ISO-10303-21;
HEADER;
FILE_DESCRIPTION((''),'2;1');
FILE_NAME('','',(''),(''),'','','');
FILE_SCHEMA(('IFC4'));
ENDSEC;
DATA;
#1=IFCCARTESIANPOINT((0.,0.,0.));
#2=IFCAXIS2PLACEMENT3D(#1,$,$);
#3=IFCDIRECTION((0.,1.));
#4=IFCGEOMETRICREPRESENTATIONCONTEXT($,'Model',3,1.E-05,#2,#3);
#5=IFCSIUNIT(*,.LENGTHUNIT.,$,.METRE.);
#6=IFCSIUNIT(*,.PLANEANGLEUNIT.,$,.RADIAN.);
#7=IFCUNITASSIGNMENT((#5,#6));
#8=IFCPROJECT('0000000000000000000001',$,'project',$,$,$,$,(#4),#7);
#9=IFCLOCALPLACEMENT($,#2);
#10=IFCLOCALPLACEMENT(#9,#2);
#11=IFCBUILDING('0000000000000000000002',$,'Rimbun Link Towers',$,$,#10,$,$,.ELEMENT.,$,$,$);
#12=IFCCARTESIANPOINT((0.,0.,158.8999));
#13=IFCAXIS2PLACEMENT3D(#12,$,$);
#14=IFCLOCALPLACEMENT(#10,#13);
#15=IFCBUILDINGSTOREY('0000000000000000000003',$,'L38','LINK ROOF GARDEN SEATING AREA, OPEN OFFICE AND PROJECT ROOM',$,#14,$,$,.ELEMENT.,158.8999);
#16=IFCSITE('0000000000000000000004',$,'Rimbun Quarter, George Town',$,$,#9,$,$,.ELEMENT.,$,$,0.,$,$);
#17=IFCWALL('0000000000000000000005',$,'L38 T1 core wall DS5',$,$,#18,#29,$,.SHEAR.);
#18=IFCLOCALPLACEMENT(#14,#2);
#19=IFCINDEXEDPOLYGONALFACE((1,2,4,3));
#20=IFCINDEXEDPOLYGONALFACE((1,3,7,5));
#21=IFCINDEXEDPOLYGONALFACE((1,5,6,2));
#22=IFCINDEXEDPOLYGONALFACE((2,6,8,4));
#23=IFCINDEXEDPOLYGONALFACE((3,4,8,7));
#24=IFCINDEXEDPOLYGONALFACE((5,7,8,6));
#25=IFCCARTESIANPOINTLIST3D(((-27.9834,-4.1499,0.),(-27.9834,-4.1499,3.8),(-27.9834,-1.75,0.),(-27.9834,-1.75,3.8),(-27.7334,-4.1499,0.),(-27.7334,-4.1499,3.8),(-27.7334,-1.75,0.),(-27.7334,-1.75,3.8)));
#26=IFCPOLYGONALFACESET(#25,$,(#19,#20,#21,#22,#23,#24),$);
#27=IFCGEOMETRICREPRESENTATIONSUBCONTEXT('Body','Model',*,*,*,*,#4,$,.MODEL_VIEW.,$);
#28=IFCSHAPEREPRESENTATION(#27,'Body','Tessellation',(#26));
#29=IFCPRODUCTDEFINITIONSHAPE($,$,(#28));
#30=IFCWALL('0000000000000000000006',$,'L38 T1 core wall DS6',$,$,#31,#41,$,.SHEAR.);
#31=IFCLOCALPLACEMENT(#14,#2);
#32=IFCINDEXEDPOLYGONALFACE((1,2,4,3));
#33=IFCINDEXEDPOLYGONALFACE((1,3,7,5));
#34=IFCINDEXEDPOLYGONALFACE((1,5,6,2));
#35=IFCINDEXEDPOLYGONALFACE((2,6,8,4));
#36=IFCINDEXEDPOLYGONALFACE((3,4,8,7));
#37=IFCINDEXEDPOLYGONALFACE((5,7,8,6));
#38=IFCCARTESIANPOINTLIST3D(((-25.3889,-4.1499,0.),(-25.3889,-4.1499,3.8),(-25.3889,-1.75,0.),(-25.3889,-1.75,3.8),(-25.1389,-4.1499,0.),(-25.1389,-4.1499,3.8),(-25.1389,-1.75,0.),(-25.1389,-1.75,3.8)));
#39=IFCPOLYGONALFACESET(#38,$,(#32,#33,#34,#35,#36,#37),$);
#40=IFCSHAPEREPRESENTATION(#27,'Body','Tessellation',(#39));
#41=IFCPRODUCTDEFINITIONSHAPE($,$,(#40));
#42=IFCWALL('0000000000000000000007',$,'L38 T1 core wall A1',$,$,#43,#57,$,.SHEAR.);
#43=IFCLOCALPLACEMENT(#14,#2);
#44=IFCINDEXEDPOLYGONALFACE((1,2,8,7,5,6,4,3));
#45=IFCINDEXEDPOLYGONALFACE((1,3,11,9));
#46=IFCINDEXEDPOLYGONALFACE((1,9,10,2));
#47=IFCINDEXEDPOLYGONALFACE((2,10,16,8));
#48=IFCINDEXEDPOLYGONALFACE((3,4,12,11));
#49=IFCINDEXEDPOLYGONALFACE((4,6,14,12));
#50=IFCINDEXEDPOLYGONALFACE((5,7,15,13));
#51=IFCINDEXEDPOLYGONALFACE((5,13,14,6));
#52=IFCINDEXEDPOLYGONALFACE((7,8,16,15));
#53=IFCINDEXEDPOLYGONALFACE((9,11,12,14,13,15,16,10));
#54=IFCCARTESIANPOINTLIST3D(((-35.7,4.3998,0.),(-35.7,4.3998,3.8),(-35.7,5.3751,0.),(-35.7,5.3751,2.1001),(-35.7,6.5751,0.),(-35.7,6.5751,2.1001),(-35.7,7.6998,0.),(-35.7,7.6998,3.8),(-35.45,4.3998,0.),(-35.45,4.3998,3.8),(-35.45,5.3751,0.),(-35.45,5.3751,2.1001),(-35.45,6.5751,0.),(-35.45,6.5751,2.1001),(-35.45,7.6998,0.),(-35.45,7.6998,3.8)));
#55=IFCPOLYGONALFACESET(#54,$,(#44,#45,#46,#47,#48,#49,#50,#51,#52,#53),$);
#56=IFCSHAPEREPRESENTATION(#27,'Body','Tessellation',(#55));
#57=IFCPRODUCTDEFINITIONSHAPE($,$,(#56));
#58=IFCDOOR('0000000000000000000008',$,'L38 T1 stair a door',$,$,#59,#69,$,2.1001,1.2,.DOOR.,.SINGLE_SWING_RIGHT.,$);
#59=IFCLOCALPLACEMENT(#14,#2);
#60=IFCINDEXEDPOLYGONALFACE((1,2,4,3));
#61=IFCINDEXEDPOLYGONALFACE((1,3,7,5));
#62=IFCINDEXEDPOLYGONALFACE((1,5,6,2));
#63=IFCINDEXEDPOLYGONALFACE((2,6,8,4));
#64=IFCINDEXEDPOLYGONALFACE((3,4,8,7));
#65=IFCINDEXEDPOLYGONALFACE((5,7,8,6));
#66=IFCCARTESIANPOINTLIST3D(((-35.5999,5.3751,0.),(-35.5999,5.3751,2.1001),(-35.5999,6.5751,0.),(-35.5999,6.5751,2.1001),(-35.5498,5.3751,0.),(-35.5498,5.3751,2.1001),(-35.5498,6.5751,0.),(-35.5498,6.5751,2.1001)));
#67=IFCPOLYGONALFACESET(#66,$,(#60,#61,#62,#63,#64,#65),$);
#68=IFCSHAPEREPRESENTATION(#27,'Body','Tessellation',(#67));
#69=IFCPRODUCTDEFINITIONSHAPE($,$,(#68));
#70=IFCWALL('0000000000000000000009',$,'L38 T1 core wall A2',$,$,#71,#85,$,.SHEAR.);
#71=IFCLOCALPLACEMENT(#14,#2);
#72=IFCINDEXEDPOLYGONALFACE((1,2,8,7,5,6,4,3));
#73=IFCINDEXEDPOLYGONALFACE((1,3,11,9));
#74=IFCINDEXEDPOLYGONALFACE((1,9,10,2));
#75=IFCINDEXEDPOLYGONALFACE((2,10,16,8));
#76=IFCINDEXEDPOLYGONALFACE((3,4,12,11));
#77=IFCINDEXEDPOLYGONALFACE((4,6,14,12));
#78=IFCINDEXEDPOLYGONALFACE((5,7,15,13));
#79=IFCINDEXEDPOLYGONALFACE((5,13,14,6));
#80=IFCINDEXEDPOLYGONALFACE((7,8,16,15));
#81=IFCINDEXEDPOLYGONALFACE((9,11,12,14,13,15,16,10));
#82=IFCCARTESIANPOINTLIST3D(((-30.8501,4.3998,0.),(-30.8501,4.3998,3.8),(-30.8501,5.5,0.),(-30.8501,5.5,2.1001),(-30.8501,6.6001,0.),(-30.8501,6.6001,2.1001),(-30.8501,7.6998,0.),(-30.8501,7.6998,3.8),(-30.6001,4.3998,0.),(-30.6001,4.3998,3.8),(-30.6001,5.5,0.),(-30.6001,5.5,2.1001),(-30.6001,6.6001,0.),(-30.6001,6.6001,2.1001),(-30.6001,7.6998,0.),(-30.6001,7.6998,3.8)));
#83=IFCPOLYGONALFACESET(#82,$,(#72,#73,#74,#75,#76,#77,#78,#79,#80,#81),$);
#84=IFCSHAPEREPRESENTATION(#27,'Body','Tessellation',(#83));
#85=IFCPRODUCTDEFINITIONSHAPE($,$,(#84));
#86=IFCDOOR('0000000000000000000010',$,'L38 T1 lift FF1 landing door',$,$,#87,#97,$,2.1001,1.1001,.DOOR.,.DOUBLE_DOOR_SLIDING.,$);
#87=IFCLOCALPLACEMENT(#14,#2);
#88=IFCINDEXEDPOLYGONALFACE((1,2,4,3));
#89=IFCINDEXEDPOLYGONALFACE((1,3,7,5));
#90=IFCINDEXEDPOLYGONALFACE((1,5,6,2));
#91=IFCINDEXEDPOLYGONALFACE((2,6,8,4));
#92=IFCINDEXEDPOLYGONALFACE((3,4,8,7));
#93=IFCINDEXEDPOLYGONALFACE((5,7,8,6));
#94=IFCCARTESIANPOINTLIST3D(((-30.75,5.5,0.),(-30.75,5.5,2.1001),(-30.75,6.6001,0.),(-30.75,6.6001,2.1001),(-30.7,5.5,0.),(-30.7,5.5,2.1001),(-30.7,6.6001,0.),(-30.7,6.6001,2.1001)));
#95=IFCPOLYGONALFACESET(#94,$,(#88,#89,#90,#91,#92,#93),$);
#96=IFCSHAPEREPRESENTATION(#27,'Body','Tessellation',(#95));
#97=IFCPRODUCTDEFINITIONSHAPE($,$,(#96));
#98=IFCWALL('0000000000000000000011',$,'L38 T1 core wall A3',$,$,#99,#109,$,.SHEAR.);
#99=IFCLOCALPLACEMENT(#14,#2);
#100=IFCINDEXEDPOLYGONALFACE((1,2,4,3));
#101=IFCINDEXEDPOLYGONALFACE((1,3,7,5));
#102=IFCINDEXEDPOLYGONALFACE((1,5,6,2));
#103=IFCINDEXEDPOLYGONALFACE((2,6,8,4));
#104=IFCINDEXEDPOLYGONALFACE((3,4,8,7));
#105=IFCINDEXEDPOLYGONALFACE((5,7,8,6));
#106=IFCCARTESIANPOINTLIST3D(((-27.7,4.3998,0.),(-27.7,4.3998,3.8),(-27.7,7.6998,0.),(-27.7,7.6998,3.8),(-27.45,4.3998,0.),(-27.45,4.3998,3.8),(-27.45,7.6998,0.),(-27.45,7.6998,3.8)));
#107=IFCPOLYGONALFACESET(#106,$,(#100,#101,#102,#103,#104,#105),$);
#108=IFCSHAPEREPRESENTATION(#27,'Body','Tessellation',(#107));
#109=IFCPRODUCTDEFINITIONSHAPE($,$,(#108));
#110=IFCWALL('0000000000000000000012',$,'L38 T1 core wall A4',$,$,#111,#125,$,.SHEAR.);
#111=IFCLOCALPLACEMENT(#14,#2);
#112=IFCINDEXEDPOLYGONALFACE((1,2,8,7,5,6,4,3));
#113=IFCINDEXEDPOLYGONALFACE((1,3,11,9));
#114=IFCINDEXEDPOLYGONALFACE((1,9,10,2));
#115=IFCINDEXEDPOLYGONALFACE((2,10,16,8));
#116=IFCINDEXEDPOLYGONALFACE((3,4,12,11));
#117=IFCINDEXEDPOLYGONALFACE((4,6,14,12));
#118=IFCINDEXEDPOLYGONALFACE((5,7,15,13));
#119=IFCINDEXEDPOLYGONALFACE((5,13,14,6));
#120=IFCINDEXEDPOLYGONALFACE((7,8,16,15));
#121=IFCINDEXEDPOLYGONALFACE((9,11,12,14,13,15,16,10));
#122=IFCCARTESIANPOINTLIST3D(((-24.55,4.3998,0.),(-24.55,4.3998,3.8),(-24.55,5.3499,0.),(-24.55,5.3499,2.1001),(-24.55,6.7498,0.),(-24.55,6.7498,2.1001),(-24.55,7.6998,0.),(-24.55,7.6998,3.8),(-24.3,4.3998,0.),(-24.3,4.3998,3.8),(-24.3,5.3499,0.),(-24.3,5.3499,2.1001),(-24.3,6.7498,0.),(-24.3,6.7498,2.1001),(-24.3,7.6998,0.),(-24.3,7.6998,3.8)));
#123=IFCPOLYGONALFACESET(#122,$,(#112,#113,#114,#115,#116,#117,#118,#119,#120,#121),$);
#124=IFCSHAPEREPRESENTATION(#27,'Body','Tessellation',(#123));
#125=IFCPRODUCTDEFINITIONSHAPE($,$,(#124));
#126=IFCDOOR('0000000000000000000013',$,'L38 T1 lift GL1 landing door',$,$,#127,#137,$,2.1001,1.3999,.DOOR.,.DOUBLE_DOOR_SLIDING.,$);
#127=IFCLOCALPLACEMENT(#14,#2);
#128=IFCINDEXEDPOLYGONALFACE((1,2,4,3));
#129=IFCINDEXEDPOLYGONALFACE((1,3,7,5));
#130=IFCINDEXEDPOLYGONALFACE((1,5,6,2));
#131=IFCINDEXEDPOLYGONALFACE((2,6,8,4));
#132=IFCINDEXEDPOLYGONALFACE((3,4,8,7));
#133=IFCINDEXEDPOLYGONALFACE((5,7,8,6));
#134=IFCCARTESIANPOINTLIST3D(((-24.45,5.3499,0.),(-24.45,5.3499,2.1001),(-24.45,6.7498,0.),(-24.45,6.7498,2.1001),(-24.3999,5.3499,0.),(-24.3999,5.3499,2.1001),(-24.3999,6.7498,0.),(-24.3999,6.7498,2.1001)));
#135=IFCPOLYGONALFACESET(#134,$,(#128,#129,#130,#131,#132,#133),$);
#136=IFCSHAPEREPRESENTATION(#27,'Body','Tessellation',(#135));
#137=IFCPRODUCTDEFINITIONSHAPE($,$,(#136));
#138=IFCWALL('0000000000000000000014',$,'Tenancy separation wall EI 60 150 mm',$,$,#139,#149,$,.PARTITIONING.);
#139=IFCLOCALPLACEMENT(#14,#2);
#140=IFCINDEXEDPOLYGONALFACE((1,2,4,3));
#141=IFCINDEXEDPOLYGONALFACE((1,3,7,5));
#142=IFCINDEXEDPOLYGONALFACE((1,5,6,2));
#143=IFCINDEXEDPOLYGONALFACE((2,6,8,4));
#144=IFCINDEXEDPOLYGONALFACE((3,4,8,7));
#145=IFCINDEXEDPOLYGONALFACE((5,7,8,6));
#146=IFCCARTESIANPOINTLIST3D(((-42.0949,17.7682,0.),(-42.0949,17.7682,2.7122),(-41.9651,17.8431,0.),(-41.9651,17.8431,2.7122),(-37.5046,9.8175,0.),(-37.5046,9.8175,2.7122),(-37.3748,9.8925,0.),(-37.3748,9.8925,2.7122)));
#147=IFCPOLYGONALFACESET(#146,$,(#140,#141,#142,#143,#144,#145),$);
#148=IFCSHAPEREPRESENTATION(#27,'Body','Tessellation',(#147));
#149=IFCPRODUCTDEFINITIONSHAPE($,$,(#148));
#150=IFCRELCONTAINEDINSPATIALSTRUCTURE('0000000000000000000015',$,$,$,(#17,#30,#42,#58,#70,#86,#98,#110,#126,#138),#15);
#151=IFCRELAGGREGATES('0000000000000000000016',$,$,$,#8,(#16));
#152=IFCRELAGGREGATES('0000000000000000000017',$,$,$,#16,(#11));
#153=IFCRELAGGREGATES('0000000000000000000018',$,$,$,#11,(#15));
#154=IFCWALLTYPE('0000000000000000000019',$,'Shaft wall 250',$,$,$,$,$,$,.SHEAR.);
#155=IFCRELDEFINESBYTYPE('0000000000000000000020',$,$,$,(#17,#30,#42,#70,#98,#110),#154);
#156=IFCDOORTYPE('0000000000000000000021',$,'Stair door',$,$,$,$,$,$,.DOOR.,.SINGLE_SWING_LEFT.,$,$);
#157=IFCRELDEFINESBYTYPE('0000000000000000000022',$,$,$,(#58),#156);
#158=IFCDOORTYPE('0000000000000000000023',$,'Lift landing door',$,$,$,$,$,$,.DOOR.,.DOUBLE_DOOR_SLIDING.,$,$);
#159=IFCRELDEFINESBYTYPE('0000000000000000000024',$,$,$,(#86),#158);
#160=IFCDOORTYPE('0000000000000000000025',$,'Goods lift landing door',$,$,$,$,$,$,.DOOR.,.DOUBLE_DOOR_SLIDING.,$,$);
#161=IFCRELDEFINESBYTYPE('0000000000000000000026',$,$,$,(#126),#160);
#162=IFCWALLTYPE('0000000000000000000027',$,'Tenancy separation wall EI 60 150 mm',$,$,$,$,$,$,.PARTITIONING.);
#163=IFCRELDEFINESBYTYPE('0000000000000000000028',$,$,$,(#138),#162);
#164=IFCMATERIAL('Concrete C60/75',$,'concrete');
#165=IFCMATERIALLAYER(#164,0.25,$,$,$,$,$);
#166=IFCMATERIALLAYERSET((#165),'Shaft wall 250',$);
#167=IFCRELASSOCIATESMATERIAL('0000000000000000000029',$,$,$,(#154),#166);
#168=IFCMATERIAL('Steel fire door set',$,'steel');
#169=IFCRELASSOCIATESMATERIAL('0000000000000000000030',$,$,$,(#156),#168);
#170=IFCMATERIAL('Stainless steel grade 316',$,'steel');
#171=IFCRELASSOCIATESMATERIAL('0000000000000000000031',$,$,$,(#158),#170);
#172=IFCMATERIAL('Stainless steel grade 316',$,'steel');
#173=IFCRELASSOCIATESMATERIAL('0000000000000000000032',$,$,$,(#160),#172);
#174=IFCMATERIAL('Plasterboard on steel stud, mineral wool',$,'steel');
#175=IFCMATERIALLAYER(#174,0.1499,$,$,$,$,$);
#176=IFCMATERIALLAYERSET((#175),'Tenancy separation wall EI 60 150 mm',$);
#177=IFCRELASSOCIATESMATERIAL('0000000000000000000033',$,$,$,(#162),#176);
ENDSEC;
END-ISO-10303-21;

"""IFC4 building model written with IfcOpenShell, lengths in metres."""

from ifc_helpers import new_model, si_unit, direction, frame, frame_2d, origin, place, context, subcontext, project, spatial, rectangle, extrude, material, layer, layer_set, type_object, element, fill, save


model = new_model("IFC4")

# Units and contexts
model_context = context("Model", 3, precision=1e-05, world=origin(), true_north=direction((0.0, 1.0)))
body_context = subcontext(model_context, "Body", "Model", "MODEL_VIEW")
ifc_project = project(units=[si_unit("LENGTHUNIT", "METRE"), si_unit("PLANEANGLEUNIT", "RADIAN")], contexts=[model_context])

# Site, building, storey
site_placement = place(None, origin())
site = spatial("IfcSite", under=ifc_project, at=site_placement, Name="Rimbun Quarter, George Town", CompositionType="ELEMENT", RefElevation=0.0)
building_placement = place(site_placement, origin())
building = spatial("IfcBuilding", under=site, at=building_placement, Name="Rimbun Link Towers", CompositionType="ELEMENT")
storey_placement = place(building_placement, frame((0.0, 0.0, 158.8999)))
storey = spatial("IfcBuildingStorey", under=building, at=storey_placement, Name="L38", Description="LINK ROOF GARDEN SEATING AREA, OPEN OFFICE AND PROJECT ROOM", CompositionType="ELEMENT", Elevation=158.8999)

# Walls
ifc_material_1 = material(Name="Concrete C60/75", Category="concrete")
ifc_layer_1 = layer(ifc_material_1, 0.25)
ifc_layer_set_1 = layer_set([ifc_layer_1], Name="Shaft wall 250")
wall_type_1 = type_object("IfcWallType", Name="Shaft wall 250", PredefinedType="SHEAR", material=ifc_layer_set_1)
for number, where, z_axis, x_axis, name in (
    (1, (-27.8584, -4.1499, 0.0), (0.0, 0.0, 1.0), (0.0, 1.0, 0.0), "L38 T1 core wall DS5"),
    (2, (-25.2639, -4.1499, 0.0), (0.0, 0.0, 1.0), (0.0, 1.0, 0.0), "L38 T1 core wall DS6"),
):
    element("IfcWall", number, at=place(storey_placement, frame(where, z_axis=z_axis, x_axis=x_axis)), inside=storey, type_object=wall_type_1, Name=name, PredefinedType="SHEAR", context=body_context, shape_type="SweptSolid", body=[
        extrude(rectangle(XDim=2.3999, YDim=0.25, at=frame_2d((1.2, 0.0))), origin(), (0.0, 0.0, 1.0), 3.8),
    ])

# Walls, openings, doors
wall_1_placement = place(storey_placement, frame((-35.575, 4.3999, 0.0), z_axis=(0.0, 0.0, 1.0), x_axis=(0.0, 1.0, 0.0)))
wall_1 = element("IfcWall", 3, at=wall_1_placement, inside=storey, type_object=wall_type_1, Name="L38 T1 core wall A1", PredefinedType="SHEAR", context=body_context, shape_type="SweptSolid", body=[
    extrude(rectangle(XDim=3.3, YDim=0.25, at=frame_2d((1.6499, 0.0))), origin(), (0.0, 0.0, 1.0), 3.8),
])
opening_1_placement = place(wall_1_placement, frame((0.9751, 0.0, 0.0)))
opening_1 = element("IfcOpeningElement", 4, at=opening_1_placement, cuts=wall_1, PredefinedType="OPENING", context=body_context, shape_type="SweptSolid", body=[
    extrude(rectangle(XDim=1.2, YDim=2.1001, at=frame_2d((0.6001, 1.05))), frame((0.0, 0.135, 0.0), z_axis=(0.0, -1.0, 0.0), x_axis=(1.0, 0.0, 0.0)), (0.0, 0.0, 1.0), 0.27),
])
ifc_material_2 = material(Name="Steel fire door set", Category="steel")
door_type_1 = type_object("IfcDoorType", Name="Stair door", OperationType="SINGLE_SWING_LEFT", PredefinedType="DOOR", material=ifc_material_2)
door_1_placement = place(opening_1_placement, origin())
door_1 = element("IfcDoor", 5, at=door_1_placement, inside=storey, type_object=door_type_1, Name="L38 T1 stair a door", OperationType="SINGLE_SWING_RIGHT", OverallHeight=2.1001, OverallWidth=1.2, PredefinedType="DOOR", context=body_context, shape_type="SweptSolid", body=[
    extrude(rectangle(XDim=1.2, YDim=2.1001, at=frame_2d((0.6001, 1.05))), frame((0.0, 0.0249, 0.0), z_axis=(0.0, -1.0, 0.0), x_axis=(1.0, 0.0, 0.0)), (0.0, 0.0, 1.0), 0.05),
])
fill(opening_1, door_1)
wall_2_placement = place(storey_placement, frame((-30.7251, 4.3999, 0.0), z_axis=(0.0, 0.0, 1.0), x_axis=(0.0, 1.0, 0.0)))
wall_2 = element("IfcWall", 6, at=wall_2_placement, inside=storey, type_object=wall_type_1, Name="L38 T1 core wall A2", PredefinedType="SHEAR", context=body_context, shape_type="SweptSolid", body=[
    extrude(rectangle(XDim=3.3, YDim=0.25, at=frame_2d((1.6499, 0.0))), origin(), (0.0, 0.0, 1.0), 3.8),
])
opening_2_placement = place(wall_2_placement, frame((1.1001, 0.0, 0.0)))
opening_2 = element("IfcOpeningElement", 7, at=opening_2_placement, cuts=wall_2, PredefinedType="OPENING", context=body_context, shape_type="SweptSolid", body=[
    extrude(rectangle(XDim=1.1001, YDim=2.1001, at=frame_2d((0.55, 1.05))), frame((0.0, 0.135, 0.0), z_axis=(0.0, -1.0, 0.0), x_axis=(1.0, 0.0, 0.0)), (0.0, 0.0, 1.0), 0.27),
])
ifc_material_3 = material(Name="Stainless steel grade 316", Category="steel")
door_type_2 = type_object("IfcDoorType", Name="Lift landing door", OperationType="DOUBLE_DOOR_SLIDING", PredefinedType="DOOR", material=ifc_material_3)
door_2_placement = place(opening_2_placement, origin())
door_2 = element("IfcDoor", 8, at=door_2_placement, inside=storey, type_object=door_type_2, Name="L38 T1 lift FF1 landing door", OperationType="DOUBLE_DOOR_SLIDING", OverallHeight=2.1001, OverallWidth=1.1001, PredefinedType="DOOR", context=body_context, shape_type="SweptSolid", body=[
    extrude(rectangle(XDim=1.1001, YDim=2.1001, at=frame_2d((0.55, 1.05))), frame((0.0, 0.0249, 0.0), z_axis=(0.0, -1.0, 0.0), x_axis=(1.0, 0.0, 0.0)), (0.0, 0.0, 1.0), 0.05),
])
fill(opening_2, door_2)

# Wall
wall_3_placement = place(storey_placement, frame((-27.575, 4.3999, 0.0), z_axis=(0.0, 0.0, 1.0), x_axis=(0.0, 1.0, 0.0)))
element("IfcWall", 9, at=wall_3_placement, inside=storey, type_object=wall_type_1, Name="L38 T1 core wall A3", PredefinedType="SHEAR", context=body_context, shape_type="SweptSolid", body=[
    extrude(rectangle(XDim=3.3, YDim=0.25, at=frame_2d((1.6499, 0.0))), origin(), (0.0, 0.0, 1.0), 3.8),
])

# Wall, opening, door
wall_4_placement = place(storey_placement, frame((-24.425, 4.3999, 0.0), z_axis=(0.0, 0.0, 1.0), x_axis=(0.0, 1.0, 0.0)))
wall_4 = element("IfcWall", 10, at=wall_4_placement, inside=storey, type_object=wall_type_1, Name="L38 T1 core wall A4", PredefinedType="SHEAR", context=body_context, shape_type="SweptSolid", body=[
    extrude(rectangle(XDim=3.3, YDim=0.25, at=frame_2d((1.6499, 0.0))), origin(), (0.0, 0.0, 1.0), 3.8),
])
opening_3_placement = place(wall_4_placement, frame((0.95, 0.0, 0.0)))
opening_3 = element("IfcOpeningElement", 11, at=opening_3_placement, cuts=wall_4, PredefinedType="OPENING", context=body_context, shape_type="SweptSolid", body=[
    extrude(rectangle(XDim=1.3999, YDim=2.1001, at=frame_2d((0.7, 1.05))), frame((0.0, 0.135, 0.0), z_axis=(0.0, -1.0, 0.0), x_axis=(1.0, 0.0, 0.0)), (0.0, 0.0, 1.0), 0.27),
])
ifc_material_4 = material(Name="Stainless steel grade 316", Category="steel")
door_type_3 = type_object("IfcDoorType", Name="Goods lift landing door", OperationType="DOUBLE_DOOR_SLIDING", PredefinedType="DOOR", material=ifc_material_4)
door_3_placement = place(opening_3_placement, origin())
door_3 = element("IfcDoor", 12, at=door_3_placement, inside=storey, type_object=door_type_3, Name="L38 T1 lift GL1 landing door", OperationType="DOUBLE_DOOR_SLIDING", OverallHeight=2.1001, OverallWidth=1.3999, PredefinedType="DOOR", context=body_context, shape_type="SweptSolid", body=[
    extrude(rectangle(XDim=1.3999, YDim=2.1001, at=frame_2d((0.7, 1.05))), frame((0.0, 0.0249, 0.0), z_axis=(0.0, -1.0, 0.0), x_axis=(1.0, 0.0, 0.0)), (0.0, 0.0, 1.0), 0.05),
])
fill(opening_3, door_3)

# Wall
ifc_material_5 = material(Name="Plasterboard on steel stud, mineral wool", Category="steel")
ifc_layer_2 = layer(ifc_material_5, 0.1499)
ifc_layer_set_2 = layer_set([ifc_layer_2], Name="Tenancy separation wall EI 60 150 mm")
wall_type_2 = type_object("IfcWallType", Name="Tenancy separation wall EI 60 150 mm", PredefinedType="PARTITIONING", material=ifc_layer_set_2)
wall_5_placement = place(storey_placement, frame((-37.4397, 9.855, 0.0), z_axis=(0.0, 0.0, 1.0), x_axis=(-0.5, 0.866025, 0.0)))
element("IfcWall", 13, at=wall_5_placement, inside=storey, type_object=wall_type_2, Name="Tenancy separation wall EI 60 150 mm", PredefinedType="PARTITIONING", context=body_context, shape_type="SweptSolid", body=[
    extrude(rectangle(XDim=9.1807, YDim=0.1499, at=frame_2d((4.5903, 0.0))), origin(), (0.0, 0.0, 1.0), 2.7122),
])

save(model, "model.ifc")
